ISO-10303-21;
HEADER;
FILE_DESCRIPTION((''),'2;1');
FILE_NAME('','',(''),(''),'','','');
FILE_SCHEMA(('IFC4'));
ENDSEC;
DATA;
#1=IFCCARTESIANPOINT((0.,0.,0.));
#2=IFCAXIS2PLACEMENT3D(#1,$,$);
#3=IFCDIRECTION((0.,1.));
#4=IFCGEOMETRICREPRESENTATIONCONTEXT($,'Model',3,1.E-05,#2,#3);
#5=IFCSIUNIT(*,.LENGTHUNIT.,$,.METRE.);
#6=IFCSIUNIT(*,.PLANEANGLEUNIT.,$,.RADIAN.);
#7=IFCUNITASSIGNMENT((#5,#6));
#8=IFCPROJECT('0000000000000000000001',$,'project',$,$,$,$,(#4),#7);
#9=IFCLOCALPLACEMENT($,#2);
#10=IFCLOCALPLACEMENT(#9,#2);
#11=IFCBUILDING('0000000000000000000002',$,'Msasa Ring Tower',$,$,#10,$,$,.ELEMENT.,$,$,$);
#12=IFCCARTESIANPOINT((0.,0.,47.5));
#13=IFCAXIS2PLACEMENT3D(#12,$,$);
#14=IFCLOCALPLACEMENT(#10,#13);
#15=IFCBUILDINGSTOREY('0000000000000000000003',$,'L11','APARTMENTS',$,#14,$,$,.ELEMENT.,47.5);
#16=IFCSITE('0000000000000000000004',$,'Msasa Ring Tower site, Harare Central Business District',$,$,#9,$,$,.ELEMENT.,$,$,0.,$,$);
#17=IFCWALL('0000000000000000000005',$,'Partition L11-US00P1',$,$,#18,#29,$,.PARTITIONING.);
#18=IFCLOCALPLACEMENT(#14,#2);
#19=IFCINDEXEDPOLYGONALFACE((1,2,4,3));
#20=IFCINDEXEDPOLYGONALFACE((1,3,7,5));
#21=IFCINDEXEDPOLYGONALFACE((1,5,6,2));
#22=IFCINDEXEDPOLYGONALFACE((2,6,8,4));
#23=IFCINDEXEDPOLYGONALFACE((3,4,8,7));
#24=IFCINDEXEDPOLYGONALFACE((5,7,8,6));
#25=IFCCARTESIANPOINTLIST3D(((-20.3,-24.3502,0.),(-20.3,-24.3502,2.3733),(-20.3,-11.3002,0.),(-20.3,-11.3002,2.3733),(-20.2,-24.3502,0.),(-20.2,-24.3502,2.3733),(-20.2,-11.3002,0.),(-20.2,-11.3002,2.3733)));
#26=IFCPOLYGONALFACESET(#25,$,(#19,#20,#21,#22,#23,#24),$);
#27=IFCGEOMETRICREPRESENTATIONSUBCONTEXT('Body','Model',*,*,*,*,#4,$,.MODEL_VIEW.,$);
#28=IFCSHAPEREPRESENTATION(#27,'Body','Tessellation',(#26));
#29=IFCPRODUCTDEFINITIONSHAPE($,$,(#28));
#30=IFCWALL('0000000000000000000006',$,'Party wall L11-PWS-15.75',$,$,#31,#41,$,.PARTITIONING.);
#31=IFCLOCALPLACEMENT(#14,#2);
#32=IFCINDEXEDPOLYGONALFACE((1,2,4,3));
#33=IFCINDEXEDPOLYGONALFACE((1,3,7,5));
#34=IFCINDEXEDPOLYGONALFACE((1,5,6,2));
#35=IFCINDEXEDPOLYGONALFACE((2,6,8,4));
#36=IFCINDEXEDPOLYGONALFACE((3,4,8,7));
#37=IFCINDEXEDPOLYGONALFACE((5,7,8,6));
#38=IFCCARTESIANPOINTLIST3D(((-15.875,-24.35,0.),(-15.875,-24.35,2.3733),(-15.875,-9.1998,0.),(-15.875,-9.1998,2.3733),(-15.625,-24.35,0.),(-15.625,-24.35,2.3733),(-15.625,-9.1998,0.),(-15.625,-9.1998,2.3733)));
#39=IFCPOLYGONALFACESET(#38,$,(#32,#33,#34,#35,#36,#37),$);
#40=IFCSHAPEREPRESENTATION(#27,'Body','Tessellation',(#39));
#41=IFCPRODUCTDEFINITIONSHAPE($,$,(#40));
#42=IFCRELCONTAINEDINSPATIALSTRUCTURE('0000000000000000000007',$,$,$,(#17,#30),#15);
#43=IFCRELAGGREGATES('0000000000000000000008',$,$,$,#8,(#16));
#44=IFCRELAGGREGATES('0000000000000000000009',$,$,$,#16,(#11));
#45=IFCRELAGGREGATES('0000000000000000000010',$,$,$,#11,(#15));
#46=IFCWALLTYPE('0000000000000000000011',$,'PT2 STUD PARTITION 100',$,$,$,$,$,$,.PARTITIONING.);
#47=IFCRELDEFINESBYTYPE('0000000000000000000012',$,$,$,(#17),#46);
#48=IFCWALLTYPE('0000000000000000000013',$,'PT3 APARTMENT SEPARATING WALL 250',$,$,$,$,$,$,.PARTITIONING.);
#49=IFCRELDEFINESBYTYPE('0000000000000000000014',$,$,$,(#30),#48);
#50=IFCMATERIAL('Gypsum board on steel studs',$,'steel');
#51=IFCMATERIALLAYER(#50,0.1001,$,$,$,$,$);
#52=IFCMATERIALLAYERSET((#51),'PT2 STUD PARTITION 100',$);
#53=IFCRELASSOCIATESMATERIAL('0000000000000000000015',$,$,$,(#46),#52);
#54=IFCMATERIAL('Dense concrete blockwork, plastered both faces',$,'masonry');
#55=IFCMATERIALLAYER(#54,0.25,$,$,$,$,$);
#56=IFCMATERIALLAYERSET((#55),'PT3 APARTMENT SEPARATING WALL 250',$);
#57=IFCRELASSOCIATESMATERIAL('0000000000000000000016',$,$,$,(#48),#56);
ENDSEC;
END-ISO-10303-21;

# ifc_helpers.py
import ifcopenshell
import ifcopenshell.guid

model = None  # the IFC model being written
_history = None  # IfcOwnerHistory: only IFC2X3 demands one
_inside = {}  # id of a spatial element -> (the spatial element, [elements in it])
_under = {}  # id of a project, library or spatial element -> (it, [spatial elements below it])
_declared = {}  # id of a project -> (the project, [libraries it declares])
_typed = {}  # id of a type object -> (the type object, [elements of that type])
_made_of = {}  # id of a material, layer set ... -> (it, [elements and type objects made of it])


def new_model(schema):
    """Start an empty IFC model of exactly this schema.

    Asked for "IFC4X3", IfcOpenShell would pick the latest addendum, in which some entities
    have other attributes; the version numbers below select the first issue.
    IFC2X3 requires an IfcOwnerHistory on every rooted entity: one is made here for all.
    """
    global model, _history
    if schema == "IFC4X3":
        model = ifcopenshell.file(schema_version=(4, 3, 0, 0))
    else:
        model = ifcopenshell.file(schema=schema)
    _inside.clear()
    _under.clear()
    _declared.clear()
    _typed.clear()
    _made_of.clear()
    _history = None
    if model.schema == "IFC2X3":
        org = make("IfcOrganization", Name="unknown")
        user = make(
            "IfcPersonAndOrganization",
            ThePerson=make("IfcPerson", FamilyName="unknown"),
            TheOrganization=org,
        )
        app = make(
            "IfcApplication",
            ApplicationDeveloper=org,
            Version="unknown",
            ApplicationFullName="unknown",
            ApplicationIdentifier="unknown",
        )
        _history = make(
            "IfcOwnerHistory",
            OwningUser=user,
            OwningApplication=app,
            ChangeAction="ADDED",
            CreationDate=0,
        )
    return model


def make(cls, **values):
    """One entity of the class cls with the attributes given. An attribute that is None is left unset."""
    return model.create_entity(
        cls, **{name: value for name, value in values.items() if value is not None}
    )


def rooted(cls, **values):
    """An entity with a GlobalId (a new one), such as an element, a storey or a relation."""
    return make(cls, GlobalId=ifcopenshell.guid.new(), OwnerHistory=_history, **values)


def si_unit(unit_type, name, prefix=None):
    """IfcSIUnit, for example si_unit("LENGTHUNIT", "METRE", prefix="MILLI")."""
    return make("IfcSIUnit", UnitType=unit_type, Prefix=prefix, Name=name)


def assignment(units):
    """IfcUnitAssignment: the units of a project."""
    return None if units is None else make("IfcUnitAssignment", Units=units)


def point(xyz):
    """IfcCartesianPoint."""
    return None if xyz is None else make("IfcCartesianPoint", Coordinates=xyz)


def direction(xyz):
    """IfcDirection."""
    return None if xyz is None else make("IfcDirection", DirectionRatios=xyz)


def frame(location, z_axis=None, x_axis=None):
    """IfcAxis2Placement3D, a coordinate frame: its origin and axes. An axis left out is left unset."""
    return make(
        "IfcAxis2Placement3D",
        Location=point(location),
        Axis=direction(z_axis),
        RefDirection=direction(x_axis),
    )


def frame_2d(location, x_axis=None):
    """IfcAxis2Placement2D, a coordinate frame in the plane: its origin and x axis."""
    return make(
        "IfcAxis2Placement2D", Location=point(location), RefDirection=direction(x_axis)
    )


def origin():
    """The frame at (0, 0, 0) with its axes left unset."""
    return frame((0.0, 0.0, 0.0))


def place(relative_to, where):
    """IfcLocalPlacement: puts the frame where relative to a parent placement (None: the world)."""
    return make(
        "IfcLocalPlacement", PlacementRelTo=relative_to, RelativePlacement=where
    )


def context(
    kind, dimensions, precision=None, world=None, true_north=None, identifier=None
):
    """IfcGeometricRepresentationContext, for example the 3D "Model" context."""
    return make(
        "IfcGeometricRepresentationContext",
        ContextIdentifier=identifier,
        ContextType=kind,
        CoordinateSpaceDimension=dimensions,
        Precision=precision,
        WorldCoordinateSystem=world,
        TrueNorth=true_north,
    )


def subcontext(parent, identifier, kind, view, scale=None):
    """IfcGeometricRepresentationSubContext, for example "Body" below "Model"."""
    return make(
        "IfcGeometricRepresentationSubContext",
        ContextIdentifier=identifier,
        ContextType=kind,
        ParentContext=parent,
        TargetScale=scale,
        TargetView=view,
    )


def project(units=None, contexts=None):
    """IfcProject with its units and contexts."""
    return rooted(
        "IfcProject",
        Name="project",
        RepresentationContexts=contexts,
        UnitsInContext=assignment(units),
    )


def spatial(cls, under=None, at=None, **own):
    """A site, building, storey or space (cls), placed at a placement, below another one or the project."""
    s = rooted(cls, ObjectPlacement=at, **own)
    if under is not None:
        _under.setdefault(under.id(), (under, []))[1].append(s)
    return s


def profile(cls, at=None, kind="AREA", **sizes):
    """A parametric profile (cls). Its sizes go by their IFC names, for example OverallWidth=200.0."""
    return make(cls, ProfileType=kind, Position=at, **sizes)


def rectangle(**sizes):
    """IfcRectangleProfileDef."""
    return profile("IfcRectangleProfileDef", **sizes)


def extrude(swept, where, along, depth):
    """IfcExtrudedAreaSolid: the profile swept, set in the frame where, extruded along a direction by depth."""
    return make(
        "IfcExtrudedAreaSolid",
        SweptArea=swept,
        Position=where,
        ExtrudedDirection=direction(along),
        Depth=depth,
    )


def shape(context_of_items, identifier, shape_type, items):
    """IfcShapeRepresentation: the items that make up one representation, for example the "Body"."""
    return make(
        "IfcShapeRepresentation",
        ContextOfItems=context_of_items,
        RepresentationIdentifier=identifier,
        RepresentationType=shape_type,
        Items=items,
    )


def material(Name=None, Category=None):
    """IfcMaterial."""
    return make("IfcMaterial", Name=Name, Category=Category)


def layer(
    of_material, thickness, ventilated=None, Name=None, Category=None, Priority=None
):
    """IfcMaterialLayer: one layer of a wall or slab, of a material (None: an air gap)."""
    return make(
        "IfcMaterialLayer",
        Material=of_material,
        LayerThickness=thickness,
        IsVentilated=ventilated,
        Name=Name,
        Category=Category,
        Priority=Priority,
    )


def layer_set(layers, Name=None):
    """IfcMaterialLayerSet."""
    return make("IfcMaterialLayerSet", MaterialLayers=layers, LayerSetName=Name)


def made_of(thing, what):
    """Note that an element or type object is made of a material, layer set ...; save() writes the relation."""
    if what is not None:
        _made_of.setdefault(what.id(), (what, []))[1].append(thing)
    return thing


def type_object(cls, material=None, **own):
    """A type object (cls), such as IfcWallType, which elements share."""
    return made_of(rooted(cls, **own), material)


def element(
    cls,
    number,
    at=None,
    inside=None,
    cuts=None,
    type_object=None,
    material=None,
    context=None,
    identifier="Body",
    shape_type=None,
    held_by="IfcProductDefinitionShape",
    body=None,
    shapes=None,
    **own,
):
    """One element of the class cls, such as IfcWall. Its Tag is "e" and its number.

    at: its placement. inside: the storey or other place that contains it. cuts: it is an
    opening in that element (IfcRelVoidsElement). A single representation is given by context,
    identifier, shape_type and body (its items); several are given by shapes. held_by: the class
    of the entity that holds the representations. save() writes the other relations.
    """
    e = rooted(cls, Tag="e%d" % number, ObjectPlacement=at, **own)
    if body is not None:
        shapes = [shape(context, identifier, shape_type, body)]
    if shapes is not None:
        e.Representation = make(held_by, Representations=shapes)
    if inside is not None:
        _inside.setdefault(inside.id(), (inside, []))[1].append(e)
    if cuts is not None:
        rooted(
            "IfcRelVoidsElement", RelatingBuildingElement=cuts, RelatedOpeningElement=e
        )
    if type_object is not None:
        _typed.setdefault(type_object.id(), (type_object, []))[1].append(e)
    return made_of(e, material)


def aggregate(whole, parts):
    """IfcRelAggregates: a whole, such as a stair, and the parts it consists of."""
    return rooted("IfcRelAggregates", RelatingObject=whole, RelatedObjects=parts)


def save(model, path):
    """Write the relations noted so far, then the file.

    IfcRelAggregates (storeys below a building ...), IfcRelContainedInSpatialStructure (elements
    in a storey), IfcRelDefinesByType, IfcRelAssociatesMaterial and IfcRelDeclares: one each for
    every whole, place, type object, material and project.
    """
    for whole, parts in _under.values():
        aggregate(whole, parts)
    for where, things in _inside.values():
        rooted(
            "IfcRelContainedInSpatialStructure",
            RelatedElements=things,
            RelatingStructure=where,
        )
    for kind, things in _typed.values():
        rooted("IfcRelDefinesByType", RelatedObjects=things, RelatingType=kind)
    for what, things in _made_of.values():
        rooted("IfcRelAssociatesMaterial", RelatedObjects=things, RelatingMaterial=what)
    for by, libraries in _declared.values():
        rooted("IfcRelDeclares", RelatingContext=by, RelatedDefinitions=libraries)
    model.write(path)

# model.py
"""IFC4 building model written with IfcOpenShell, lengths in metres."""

from ifc_helpers import new_model, si_unit, direction, frame, frame_2d, origin, place, context, subcontext, project, spatial, rectangle, extrude, material, layer, layer_set, type_object, element, save


model = new_model("IFC4")

# Units and contexts
model_context = context("Model", 3, precision=1e-05, world=origin(), true_north=direction((0.0, 1.0)))
body_context = subcontext(model_context, "Body", "Model", "MODEL_VIEW")
ifc_project = project(units=[si_unit("LENGTHUNIT", "METRE"), si_unit("PLANEANGLEUNIT", "RADIAN")], contexts=[model_context])

# Site, building, storey
site_placement = place(None, origin())
site = spatial("IfcSite", under=ifc_project, at=site_placement, Name="Msasa Ring Tower site, Harare Central Business District", CompositionType="ELEMENT", RefElevation=0.0)
building_placement = place(site_placement, origin())
building = spatial("IfcBuilding", under=site, at=building_placement, Name="Msasa Ring Tower", CompositionType="ELEMENT")
storey_placement = place(building_placement, frame((0.0, 0.0, 47.5)))
storey = spatial("IfcBuildingStorey", under=building, at=storey_placement, Name="L11", Description="APARTMENTS", CompositionType="ELEMENT", Elevation=47.5)

# Walls
ifc_material_1 = material(Name="Gypsum board on steel studs", Category="steel")
ifc_layer_1 = layer(ifc_material_1, 0.1001)
ifc_layer_set_1 = layer_set([ifc_layer_1], Name="PT2 STUD PARTITION 100")
wall_type_1 = type_object("IfcWallType", Name="PT2 STUD PARTITION 100", PredefinedType="PARTITIONING", material=ifc_layer_set_1)
wall_1_placement = place(storey_placement, frame((-20.25, -24.3501, 0.0), z_axis=(0.0, 0.0, 1.0), x_axis=(0.0, 1.0, 0.0)))
element("IfcWall", 1, at=wall_1_placement, inside=storey, type_object=wall_type_1, Name="Partition L11-US00P1", PredefinedType="PARTITIONING", context=body_context, shape_type="SweptSolid", body=[
    extrude(rectangle(XDim=13.05, YDim=0.1001, at=frame_2d((6.5249, 0.0))), origin(), (0.0, 0.0, 1.0), 2.3733),
])
ifc_material_2 = material(Name="Dense concrete blockwork, plastered both faces", Category="masonry")
ifc_layer_2 = layer(ifc_material_2, 0.25)
ifc_layer_set_2 = layer_set([ifc_layer_2], Name="PT3 APARTMENT SEPARATING WALL 250")
wall_type_2 = type_object("IfcWallType", Name="PT3 APARTMENT SEPARATING WALL 250", PredefinedType="PARTITIONING", material=ifc_layer_set_2)
wall_2_placement = place(storey_placement, frame((-15.75, -24.3501, 0.0), z_axis=(0.0, 0.0, 1.0), x_axis=(0.0, 1.0, 0.0)))
element("IfcWall", 2, at=wall_2_placement, inside=storey, type_object=wall_type_2, Name="Party wall L11-PWS-15.75", PredefinedType="PARTITIONING", context=body_context, shape_type="SweptSolid", body=[
    extrude(rectangle(XDim=15.1501, YDim=0.25, at=frame_2d((7.5752, 0.0))), origin(), (0.0, 0.0, 1.0), 2.3733),
])

save(model, "model.ifc")
